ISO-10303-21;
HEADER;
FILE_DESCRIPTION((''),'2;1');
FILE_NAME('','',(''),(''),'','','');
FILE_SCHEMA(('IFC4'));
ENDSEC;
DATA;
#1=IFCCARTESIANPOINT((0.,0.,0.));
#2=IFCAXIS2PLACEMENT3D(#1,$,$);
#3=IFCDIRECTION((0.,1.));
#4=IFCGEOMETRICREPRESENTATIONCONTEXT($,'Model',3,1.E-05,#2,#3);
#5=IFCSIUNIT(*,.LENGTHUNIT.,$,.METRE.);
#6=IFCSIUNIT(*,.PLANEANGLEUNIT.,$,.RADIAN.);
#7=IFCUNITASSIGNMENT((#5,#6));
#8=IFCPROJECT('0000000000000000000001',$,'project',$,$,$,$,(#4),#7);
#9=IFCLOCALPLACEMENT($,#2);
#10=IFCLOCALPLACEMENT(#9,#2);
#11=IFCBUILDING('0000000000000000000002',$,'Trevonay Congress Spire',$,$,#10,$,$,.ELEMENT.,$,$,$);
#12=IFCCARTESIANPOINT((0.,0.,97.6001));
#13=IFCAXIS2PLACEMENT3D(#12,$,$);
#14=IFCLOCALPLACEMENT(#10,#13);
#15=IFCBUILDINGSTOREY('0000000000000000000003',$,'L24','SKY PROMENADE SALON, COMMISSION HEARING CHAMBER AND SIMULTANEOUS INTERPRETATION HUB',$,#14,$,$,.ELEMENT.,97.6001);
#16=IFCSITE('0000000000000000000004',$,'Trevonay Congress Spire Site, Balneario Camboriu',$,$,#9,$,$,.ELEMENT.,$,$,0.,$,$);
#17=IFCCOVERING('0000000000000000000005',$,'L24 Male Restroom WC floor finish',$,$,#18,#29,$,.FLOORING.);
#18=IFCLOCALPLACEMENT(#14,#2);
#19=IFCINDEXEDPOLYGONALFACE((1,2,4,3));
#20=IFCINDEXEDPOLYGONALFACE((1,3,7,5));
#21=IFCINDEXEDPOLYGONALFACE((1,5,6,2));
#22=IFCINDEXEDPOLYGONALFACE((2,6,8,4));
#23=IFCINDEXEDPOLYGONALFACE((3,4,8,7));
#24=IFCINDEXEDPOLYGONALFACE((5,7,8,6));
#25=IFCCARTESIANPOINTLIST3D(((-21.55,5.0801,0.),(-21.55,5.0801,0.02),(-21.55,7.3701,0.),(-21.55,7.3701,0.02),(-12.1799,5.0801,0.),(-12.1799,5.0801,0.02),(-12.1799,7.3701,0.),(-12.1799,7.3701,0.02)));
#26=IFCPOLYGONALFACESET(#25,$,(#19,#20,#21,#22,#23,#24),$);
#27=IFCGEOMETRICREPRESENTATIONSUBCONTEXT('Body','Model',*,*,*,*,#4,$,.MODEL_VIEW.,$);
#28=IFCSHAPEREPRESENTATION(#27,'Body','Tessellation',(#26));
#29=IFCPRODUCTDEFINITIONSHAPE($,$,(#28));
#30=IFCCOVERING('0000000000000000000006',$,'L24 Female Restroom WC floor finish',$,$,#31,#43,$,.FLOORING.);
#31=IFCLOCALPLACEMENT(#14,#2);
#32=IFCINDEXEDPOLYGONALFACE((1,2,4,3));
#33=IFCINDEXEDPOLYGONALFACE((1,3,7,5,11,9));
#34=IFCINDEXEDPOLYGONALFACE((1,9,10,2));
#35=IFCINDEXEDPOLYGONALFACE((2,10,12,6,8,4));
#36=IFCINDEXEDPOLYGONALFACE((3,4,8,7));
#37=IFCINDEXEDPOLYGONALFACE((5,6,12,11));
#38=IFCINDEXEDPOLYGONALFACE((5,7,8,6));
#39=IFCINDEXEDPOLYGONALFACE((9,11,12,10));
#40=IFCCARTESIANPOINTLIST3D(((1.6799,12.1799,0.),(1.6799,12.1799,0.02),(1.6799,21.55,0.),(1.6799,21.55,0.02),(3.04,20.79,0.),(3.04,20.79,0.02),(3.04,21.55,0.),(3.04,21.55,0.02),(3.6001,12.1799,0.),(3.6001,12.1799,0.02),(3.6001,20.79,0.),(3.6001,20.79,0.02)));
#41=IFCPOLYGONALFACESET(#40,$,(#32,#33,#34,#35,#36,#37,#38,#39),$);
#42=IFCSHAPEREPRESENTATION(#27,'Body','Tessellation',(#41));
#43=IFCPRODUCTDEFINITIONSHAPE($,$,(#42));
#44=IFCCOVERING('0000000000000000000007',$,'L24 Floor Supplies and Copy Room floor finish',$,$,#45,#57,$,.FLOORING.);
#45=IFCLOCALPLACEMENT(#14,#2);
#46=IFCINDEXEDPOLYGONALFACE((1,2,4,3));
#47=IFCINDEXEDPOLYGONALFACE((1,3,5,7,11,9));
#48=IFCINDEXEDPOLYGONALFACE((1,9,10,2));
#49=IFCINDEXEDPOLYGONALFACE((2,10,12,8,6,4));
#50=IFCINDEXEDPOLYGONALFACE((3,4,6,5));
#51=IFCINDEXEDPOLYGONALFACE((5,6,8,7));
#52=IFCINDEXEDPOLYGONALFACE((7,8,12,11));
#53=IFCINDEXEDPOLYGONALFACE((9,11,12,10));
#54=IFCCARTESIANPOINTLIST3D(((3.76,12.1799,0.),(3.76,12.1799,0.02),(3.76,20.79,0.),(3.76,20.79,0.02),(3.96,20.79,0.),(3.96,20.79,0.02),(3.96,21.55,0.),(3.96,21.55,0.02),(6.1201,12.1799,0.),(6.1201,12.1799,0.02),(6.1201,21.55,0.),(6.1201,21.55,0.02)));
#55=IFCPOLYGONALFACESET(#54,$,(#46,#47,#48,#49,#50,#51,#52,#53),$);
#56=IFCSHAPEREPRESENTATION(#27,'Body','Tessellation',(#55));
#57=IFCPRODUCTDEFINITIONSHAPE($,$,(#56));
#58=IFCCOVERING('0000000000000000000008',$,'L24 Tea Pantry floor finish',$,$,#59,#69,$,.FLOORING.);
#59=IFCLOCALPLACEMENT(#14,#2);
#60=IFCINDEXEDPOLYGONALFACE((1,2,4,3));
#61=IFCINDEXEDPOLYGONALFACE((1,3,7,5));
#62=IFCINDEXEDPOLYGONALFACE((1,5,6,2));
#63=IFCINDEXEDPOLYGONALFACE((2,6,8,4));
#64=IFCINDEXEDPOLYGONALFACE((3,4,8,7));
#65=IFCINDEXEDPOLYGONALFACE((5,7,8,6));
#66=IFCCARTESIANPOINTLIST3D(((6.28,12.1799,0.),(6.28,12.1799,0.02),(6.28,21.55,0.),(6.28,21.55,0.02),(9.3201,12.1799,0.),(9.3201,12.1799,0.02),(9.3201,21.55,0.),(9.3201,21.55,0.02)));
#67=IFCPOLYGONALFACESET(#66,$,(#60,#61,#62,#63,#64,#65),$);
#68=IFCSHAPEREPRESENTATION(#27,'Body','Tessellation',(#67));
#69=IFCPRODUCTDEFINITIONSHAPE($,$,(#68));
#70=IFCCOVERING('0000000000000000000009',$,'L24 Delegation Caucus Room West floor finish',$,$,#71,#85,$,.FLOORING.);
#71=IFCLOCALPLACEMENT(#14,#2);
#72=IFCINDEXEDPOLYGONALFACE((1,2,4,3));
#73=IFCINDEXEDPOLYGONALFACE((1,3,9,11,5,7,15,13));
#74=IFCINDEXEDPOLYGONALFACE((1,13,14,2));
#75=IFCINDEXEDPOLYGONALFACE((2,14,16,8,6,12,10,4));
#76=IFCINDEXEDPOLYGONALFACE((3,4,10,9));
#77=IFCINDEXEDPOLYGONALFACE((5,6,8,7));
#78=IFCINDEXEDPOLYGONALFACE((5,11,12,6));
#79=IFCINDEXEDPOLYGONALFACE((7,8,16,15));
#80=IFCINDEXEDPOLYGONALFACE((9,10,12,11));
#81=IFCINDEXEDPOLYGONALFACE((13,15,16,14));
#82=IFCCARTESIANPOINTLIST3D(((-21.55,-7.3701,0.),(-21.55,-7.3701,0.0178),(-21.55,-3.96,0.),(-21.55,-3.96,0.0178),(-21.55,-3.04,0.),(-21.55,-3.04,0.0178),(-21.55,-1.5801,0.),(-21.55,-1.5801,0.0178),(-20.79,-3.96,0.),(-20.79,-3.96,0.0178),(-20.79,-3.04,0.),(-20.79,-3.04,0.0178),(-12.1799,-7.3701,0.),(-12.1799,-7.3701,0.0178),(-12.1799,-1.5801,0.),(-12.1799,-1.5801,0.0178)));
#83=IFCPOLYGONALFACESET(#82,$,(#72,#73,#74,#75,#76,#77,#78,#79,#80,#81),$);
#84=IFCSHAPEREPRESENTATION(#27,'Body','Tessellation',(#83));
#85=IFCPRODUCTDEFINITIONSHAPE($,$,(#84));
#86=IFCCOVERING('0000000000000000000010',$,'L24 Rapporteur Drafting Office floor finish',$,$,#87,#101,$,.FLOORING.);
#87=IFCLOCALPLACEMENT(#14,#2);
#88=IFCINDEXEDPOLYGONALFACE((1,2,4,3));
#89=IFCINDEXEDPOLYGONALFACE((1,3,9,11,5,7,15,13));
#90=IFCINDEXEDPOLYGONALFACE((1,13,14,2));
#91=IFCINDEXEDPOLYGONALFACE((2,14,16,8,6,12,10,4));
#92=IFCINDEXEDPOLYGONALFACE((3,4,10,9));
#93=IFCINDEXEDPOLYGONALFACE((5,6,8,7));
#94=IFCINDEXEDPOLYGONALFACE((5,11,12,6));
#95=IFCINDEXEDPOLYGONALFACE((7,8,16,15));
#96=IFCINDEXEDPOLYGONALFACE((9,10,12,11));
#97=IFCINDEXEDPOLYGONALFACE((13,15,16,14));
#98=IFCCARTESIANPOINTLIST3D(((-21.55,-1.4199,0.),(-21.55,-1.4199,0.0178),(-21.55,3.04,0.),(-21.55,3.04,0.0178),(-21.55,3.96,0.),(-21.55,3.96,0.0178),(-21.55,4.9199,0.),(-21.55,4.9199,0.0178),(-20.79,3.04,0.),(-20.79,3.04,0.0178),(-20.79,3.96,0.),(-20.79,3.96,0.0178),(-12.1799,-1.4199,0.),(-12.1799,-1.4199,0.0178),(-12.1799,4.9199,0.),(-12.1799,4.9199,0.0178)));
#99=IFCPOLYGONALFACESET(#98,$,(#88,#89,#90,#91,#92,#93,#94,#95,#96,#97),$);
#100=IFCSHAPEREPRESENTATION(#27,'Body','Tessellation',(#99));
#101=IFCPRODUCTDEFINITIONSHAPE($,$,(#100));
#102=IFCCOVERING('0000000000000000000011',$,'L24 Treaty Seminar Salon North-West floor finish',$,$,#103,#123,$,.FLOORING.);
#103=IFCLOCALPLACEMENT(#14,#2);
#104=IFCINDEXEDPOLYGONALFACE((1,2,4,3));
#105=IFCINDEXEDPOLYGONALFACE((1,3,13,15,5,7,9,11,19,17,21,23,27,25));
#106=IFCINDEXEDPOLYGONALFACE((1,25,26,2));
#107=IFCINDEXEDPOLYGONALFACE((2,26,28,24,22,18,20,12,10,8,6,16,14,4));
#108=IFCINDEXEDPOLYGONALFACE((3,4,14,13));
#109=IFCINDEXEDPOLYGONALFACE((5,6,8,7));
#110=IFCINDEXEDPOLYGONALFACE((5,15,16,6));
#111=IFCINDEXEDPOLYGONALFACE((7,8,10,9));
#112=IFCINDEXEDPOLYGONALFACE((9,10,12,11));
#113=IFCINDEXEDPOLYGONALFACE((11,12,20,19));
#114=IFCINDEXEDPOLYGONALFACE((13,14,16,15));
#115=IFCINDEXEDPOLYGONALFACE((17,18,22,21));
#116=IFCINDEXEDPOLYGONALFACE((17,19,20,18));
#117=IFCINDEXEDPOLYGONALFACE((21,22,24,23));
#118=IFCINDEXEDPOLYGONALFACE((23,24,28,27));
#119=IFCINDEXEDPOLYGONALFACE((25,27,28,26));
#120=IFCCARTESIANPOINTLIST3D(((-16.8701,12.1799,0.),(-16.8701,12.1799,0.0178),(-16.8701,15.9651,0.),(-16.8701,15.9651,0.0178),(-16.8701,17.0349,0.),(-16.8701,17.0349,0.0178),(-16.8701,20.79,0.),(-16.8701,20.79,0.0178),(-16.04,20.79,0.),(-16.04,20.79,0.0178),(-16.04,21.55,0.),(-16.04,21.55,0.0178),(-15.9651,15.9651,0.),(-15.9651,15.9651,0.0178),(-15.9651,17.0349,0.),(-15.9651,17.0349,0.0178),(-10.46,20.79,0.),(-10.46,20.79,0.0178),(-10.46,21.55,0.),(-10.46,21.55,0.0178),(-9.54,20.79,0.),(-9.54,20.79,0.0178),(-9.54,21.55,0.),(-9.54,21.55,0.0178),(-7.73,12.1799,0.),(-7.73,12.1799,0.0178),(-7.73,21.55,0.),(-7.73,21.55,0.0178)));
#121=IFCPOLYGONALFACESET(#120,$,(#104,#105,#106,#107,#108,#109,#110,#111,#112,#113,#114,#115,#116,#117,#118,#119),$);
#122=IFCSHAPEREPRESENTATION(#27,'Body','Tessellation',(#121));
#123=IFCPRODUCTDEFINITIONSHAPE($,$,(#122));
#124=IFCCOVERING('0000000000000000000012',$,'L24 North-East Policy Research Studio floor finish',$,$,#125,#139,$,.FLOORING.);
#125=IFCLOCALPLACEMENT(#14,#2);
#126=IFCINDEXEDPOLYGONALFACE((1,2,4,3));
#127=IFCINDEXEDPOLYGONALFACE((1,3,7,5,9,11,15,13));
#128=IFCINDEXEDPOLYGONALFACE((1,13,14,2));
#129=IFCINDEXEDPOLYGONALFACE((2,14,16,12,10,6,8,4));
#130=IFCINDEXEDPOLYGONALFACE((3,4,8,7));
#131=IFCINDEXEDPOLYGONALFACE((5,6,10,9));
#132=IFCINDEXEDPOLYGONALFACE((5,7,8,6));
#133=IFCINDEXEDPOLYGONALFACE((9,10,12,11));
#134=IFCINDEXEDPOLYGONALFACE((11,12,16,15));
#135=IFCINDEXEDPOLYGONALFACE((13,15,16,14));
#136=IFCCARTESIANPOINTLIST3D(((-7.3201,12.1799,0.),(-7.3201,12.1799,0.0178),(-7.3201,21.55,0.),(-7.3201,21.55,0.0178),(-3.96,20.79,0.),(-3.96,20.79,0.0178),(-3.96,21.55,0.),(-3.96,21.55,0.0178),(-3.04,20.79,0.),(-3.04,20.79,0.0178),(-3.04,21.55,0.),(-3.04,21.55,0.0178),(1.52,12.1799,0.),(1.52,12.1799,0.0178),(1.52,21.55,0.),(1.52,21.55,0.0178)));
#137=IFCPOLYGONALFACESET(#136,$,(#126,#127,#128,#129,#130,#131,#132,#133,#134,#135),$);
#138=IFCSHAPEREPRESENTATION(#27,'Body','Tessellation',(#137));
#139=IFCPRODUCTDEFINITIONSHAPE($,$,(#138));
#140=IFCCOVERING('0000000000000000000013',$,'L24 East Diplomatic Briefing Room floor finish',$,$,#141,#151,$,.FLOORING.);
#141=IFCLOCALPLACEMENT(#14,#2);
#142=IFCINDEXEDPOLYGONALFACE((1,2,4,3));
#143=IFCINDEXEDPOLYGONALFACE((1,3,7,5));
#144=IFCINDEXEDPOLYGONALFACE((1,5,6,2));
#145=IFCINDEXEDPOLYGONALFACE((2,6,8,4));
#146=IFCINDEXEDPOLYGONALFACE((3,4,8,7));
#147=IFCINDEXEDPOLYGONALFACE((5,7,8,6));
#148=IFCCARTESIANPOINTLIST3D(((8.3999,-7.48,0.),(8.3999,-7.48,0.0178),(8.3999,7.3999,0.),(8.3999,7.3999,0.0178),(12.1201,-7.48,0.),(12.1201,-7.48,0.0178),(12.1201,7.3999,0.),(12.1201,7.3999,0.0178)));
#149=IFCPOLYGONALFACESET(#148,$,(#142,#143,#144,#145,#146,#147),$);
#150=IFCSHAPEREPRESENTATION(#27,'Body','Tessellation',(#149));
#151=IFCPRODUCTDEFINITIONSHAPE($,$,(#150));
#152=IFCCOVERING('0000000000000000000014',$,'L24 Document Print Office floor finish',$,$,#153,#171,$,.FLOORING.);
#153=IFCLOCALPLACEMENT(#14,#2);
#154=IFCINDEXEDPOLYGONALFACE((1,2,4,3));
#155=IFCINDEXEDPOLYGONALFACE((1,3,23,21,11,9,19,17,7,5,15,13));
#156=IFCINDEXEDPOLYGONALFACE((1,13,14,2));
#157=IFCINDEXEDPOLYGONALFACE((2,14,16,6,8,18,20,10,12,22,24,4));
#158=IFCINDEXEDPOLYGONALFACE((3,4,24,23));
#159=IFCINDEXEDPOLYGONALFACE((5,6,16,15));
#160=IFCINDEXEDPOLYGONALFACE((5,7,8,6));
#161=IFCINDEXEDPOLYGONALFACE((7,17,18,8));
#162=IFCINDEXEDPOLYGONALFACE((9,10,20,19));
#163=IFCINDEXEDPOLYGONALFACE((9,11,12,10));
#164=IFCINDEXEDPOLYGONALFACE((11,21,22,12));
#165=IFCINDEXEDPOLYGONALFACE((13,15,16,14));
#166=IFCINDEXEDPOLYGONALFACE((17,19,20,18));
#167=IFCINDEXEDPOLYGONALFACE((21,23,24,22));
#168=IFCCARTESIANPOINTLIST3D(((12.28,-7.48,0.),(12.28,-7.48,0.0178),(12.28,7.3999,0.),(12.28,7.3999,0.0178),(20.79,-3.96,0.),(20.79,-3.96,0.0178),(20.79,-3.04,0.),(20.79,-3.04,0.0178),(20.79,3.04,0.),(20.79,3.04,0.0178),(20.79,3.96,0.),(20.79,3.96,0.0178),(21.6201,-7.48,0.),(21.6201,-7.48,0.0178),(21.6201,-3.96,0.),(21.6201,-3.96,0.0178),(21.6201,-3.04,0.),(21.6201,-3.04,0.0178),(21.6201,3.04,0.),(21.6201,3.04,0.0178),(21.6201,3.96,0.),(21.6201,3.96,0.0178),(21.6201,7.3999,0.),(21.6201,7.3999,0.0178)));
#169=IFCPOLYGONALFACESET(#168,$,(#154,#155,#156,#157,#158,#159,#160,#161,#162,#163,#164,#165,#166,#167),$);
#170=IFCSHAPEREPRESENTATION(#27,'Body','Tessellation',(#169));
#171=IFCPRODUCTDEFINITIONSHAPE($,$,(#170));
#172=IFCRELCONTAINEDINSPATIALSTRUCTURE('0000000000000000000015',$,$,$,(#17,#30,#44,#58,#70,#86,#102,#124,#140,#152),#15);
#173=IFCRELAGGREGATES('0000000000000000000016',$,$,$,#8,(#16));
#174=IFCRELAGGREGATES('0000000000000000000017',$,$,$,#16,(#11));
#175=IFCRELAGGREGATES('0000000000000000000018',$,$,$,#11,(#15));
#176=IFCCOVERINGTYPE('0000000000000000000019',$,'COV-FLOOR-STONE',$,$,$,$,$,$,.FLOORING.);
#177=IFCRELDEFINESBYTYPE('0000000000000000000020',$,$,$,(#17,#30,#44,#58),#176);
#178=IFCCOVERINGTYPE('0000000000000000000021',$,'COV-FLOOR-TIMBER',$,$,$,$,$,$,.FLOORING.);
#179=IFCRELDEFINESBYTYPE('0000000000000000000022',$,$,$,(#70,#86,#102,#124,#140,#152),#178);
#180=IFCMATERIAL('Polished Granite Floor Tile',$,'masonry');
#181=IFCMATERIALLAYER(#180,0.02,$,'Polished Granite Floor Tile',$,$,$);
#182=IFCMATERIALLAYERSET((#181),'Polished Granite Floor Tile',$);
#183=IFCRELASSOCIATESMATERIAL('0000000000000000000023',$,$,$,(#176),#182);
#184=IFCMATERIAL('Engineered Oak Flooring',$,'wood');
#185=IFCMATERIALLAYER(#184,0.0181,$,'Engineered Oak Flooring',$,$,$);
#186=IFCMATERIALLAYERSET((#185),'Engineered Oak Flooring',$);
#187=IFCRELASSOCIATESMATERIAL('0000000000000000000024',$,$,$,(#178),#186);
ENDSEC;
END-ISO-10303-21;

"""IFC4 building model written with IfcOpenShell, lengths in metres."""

from ifc_helpers import new_model, si_unit, direction, frame, origin, place, context, subcontext, project, spatial, polyline, outline, extrude, material, layer, layer_set, type_object, element, save


model = new_model("IFC4")

# Units and contexts
model_context = context("Model", 3, precision=1e-05, world=origin(), true_north=direction((0.0, 1.0)))
body_context = subcontext(model_context, "Body", "Model", "MODEL_VIEW")
ifc_project = project(units=[si_unit("LENGTHUNIT", "METRE"), si_unit("PLANEANGLEUNIT", "RADIAN")], contexts=[model_context])

# Site, building, storey
site_placement = place(None, origin())
site = spatial("IfcSite", under=ifc_project, at=site_placement, Name="Trevonay Congress Spire Site, Balneario Camboriu", CompositionType="ELEMENT", RefElevation=0.0)
building_placement = place(site_placement, origin())
building = spatial("IfcBuilding", under=site, at=building_placement, Name="Trevonay Congress Spire", CompositionType="ELEMENT")
storey_placement = place(building_placement, frame((0.0, 0.0, 97.6001)))
storey = spatial("IfcBuildingStorey", under=building, at=storey_placement, Name="L24", Description="SKY PROMENADE SALON, COMMISSION HEARING CHAMBER AND SIMULTANEOUS INTERPRETATION HUB", CompositionType="ELEMENT", Elevation=97.6001)

# Coverings
ifc_material_1 = material(Name="Polished Granite Floor Tile", Category="masonry")
ifc_layer_1 = layer(ifc_material_1, 0.02, Name="Polished Granite Floor Tile")
ifc_layer_set_1 = layer_set([ifc_layer_1], Name="Polished Granite Floor Tile")
covering_type_1 = type_object("IfcCoveringType", Name="COV-FLOOR-STONE", PredefinedType="FLOORING", material=ifc_layer_set_1)
covering_1_placement = place(storey_placement, origin())
element("IfcCovering", 1, at=covering_1_placement, inside=storey, type_object=covering_type_1, Name="L24 Male Restroom WC floor finish", PredefinedType="FLOORING", context=body_context, shape_type="SweptSolid", body=[
    extrude(outline(polyline([(-21.55, 5.0801), (-12.1799, 5.0801), (-12.1799, 7.3701), (-21.55, 7.3701), (-21.55, 5.0801)])), origin(), (0.0, 0.0, 1.0), 0.02),
])
covering_2_placement = place(storey_placement, origin())
element("IfcCovering", 2, at=covering_2_placement, inside=storey, type_object=covering_type_1, Name="L24 Female Restroom WC floor finish", PredefinedType="FLOORING", context=body_context, shape_type="SweptSolid", body=[
    extrude(outline(polyline([(3.6001, 12.1799), (1.6799, 12.1799), (1.6799, 21.55), (3.04, 21.55), (3.04, 20.79), (3.6001, 20.79), (3.6001, 12.1799)])), origin(), (0.0, 0.0, 1.0), 0.02),
])
covering_3_placement = place(storey_placement, origin())
element("IfcCovering", 3, at=covering_3_placement, inside=storey, type_object=covering_type_1, Name="L24 Floor Supplies and Copy Room floor finish", PredefinedType="FLOORING", context=body_context, shape_type="SweptSolid", body=[
    extrude(outline(polyline([(6.1201, 21.55), (6.1201, 12.1799), (3.76, 12.1799), (3.76, 20.79), (3.96, 20.79), (3.96, 21.55), (6.1201, 21.55)])), origin(), (0.0, 0.0, 1.0), 0.02),
])
covering_4_placement = place(storey_placement, origin())
element("IfcCovering", 4, at=covering_4_placement, inside=storey, type_object=covering_type_1, Name="L24 Tea Pantry floor finish", PredefinedType="FLOORING", context=body_context, shape_type="SweptSolid", body=[
    extrude(outline(polyline([(6.28, 12.1799), (9.3201, 12.1799), (9.3201, 21.55), (6.28, 21.55), (6.28, 12.1799)])), origin(), (0.0, 0.0, 1.0), 0.02),
])
ifc_material_2 = material(Name="Engineered Oak Flooring", Category="wood")
ifc_layer_2 = layer(ifc_material_2, 0.0181, Name="Engineered Oak Flooring")
ifc_layer_set_2 = layer_set([ifc_layer_2], Name="Engineered Oak Flooring")
covering_type_2 = type_object("IfcCoveringType", Name="COV-FLOOR-TIMBER", PredefinedType="FLOORING", material=ifc_layer_set_2)
covering_5_placement = place(storey_placement, origin())
element("IfcCovering", 5, at=covering_5_placement, inside=storey, type_object=covering_type_2, Name="L24 Delegation Caucus Room West floor finish", PredefinedType="FLOORING", context=body_context, shape_type="SweptSolid", body=[
    extrude(outline(polyline([(-21.55, -1.5801), (-12.1799, -1.5801), (-12.1799, -7.3701), (-21.55, -7.3701), (-21.55, -3.96), (-20.79, -3.96), (-20.79, -3.04), (-21.55, -3.04), (-21.55, -1.5801)])), origin(), (0.0, 0.0, 1.0), 0.0178),
])
covering_6_placement = place(storey_placement, origin())
element("IfcCovering", 6, at=covering_6_placement, inside=storey, type_object=covering_type_2, Name="L24 Rapporteur Drafting Office floor finish", PredefinedType="FLOORING", context=body_context, shape_type="SweptSolid", body=[
    extrude(outline(polyline([(-21.55, 4.9199), (-12.1799, 4.9199), (-12.1799, -1.4199), (-21.55, -1.4199), (-21.55, 3.04), (-20.79, 3.04), (-20.79, 3.96), (-21.55, 3.96), (-21.55, 4.9199)])), origin(), (0.0, 0.0, 1.0), 0.0178),
])
covering_7_placement = place(storey_placement, origin())
element("IfcCovering", 7, at=covering_7_placement, inside=storey, type_object=covering_type_2, Name="L24 Treaty Seminar Salon North-West floor finish", PredefinedType="FLOORING", context=body_context, shape_type="SweptSolid", body=[
    extrude(outline(polyline([(-7.73, 21.55), (-7.73, 12.1799), (-16.8701, 12.1799), (-16.8701, 15.9651), (-15.9651, 15.9651), (-15.9651, 17.0349), (-16.8701, 17.0349), (-16.8701, 20.79), (-16.04, 20.79), (-16.04, 21.55), (-10.46, 21.55), (-10.46, 20.79), (-9.54, 20.79), (-9.54, 21.55), (-7.73, 21.55)])), origin(), (0.0, 0.0, 1.0), 0.0178),
])
covering_8_placement = place(storey_placement, origin())
element("IfcCovering", 8, at=covering_8_placement, inside=storey, type_object=covering_type_2, Name="L24 North-East Policy Research Studio floor finish", PredefinedType="FLOORING", context=body_context, shape_type="SweptSolid", body=[
    extrude(outline(polyline([(1.52, 21.55), (1.52, 12.1799), (-7.3201, 12.1799), (-7.3201, 21.55), (-3.96, 21.55), (-3.96, 20.79), (-3.04, 20.79), (-3.04, 21.55), (1.52, 21.55)])), origin(), (0.0, 0.0, 1.0), 0.0178),
])
covering_9_placement = place(storey_placement, origin())
element("IfcCovering", 9, at=covering_9_placement, inside=storey, type_object=covering_type_2, Name="L24 East Diplomatic Briefing Room floor finish", PredefinedType="FLOORING", context=body_context, shape_type="SweptSolid", body=[
    extrude(outline(polyline([(8.3999, -7.48), (12.1201, -7.48), (12.1201, 7.3999), (8.3999, 7.3999), (8.3999, -7.48)])), origin(), (0.0, 0.0, 1.0), 0.0178),
])
covering_10_placement = place(storey_placement, origin())
element("IfcCovering", 10, at=covering_10_placement, inside=storey, type_object=covering_type_2, Name="L24 Document Print Office floor finish", PredefinedType="FLOORING", context=body_context, shape_type="SweptSolid", body=[
    extrude(outline(polyline([(21.6201, -7.48), (12.28, -7.48), (12.28, 7.3999), (21.6201, 7.3999), (21.6201, 3.96), (20.79, 3.96), (20.79, 3.04), (21.6201, 3.04), (21.6201, -3.04), (20.79, -3.04), (20.79, -3.96), (21.6201, -3.96), (21.6201, -7.48)])), origin(), (0.0, 0.0, 1.0), 0.0178),
])

save(model, "model.ifc")
